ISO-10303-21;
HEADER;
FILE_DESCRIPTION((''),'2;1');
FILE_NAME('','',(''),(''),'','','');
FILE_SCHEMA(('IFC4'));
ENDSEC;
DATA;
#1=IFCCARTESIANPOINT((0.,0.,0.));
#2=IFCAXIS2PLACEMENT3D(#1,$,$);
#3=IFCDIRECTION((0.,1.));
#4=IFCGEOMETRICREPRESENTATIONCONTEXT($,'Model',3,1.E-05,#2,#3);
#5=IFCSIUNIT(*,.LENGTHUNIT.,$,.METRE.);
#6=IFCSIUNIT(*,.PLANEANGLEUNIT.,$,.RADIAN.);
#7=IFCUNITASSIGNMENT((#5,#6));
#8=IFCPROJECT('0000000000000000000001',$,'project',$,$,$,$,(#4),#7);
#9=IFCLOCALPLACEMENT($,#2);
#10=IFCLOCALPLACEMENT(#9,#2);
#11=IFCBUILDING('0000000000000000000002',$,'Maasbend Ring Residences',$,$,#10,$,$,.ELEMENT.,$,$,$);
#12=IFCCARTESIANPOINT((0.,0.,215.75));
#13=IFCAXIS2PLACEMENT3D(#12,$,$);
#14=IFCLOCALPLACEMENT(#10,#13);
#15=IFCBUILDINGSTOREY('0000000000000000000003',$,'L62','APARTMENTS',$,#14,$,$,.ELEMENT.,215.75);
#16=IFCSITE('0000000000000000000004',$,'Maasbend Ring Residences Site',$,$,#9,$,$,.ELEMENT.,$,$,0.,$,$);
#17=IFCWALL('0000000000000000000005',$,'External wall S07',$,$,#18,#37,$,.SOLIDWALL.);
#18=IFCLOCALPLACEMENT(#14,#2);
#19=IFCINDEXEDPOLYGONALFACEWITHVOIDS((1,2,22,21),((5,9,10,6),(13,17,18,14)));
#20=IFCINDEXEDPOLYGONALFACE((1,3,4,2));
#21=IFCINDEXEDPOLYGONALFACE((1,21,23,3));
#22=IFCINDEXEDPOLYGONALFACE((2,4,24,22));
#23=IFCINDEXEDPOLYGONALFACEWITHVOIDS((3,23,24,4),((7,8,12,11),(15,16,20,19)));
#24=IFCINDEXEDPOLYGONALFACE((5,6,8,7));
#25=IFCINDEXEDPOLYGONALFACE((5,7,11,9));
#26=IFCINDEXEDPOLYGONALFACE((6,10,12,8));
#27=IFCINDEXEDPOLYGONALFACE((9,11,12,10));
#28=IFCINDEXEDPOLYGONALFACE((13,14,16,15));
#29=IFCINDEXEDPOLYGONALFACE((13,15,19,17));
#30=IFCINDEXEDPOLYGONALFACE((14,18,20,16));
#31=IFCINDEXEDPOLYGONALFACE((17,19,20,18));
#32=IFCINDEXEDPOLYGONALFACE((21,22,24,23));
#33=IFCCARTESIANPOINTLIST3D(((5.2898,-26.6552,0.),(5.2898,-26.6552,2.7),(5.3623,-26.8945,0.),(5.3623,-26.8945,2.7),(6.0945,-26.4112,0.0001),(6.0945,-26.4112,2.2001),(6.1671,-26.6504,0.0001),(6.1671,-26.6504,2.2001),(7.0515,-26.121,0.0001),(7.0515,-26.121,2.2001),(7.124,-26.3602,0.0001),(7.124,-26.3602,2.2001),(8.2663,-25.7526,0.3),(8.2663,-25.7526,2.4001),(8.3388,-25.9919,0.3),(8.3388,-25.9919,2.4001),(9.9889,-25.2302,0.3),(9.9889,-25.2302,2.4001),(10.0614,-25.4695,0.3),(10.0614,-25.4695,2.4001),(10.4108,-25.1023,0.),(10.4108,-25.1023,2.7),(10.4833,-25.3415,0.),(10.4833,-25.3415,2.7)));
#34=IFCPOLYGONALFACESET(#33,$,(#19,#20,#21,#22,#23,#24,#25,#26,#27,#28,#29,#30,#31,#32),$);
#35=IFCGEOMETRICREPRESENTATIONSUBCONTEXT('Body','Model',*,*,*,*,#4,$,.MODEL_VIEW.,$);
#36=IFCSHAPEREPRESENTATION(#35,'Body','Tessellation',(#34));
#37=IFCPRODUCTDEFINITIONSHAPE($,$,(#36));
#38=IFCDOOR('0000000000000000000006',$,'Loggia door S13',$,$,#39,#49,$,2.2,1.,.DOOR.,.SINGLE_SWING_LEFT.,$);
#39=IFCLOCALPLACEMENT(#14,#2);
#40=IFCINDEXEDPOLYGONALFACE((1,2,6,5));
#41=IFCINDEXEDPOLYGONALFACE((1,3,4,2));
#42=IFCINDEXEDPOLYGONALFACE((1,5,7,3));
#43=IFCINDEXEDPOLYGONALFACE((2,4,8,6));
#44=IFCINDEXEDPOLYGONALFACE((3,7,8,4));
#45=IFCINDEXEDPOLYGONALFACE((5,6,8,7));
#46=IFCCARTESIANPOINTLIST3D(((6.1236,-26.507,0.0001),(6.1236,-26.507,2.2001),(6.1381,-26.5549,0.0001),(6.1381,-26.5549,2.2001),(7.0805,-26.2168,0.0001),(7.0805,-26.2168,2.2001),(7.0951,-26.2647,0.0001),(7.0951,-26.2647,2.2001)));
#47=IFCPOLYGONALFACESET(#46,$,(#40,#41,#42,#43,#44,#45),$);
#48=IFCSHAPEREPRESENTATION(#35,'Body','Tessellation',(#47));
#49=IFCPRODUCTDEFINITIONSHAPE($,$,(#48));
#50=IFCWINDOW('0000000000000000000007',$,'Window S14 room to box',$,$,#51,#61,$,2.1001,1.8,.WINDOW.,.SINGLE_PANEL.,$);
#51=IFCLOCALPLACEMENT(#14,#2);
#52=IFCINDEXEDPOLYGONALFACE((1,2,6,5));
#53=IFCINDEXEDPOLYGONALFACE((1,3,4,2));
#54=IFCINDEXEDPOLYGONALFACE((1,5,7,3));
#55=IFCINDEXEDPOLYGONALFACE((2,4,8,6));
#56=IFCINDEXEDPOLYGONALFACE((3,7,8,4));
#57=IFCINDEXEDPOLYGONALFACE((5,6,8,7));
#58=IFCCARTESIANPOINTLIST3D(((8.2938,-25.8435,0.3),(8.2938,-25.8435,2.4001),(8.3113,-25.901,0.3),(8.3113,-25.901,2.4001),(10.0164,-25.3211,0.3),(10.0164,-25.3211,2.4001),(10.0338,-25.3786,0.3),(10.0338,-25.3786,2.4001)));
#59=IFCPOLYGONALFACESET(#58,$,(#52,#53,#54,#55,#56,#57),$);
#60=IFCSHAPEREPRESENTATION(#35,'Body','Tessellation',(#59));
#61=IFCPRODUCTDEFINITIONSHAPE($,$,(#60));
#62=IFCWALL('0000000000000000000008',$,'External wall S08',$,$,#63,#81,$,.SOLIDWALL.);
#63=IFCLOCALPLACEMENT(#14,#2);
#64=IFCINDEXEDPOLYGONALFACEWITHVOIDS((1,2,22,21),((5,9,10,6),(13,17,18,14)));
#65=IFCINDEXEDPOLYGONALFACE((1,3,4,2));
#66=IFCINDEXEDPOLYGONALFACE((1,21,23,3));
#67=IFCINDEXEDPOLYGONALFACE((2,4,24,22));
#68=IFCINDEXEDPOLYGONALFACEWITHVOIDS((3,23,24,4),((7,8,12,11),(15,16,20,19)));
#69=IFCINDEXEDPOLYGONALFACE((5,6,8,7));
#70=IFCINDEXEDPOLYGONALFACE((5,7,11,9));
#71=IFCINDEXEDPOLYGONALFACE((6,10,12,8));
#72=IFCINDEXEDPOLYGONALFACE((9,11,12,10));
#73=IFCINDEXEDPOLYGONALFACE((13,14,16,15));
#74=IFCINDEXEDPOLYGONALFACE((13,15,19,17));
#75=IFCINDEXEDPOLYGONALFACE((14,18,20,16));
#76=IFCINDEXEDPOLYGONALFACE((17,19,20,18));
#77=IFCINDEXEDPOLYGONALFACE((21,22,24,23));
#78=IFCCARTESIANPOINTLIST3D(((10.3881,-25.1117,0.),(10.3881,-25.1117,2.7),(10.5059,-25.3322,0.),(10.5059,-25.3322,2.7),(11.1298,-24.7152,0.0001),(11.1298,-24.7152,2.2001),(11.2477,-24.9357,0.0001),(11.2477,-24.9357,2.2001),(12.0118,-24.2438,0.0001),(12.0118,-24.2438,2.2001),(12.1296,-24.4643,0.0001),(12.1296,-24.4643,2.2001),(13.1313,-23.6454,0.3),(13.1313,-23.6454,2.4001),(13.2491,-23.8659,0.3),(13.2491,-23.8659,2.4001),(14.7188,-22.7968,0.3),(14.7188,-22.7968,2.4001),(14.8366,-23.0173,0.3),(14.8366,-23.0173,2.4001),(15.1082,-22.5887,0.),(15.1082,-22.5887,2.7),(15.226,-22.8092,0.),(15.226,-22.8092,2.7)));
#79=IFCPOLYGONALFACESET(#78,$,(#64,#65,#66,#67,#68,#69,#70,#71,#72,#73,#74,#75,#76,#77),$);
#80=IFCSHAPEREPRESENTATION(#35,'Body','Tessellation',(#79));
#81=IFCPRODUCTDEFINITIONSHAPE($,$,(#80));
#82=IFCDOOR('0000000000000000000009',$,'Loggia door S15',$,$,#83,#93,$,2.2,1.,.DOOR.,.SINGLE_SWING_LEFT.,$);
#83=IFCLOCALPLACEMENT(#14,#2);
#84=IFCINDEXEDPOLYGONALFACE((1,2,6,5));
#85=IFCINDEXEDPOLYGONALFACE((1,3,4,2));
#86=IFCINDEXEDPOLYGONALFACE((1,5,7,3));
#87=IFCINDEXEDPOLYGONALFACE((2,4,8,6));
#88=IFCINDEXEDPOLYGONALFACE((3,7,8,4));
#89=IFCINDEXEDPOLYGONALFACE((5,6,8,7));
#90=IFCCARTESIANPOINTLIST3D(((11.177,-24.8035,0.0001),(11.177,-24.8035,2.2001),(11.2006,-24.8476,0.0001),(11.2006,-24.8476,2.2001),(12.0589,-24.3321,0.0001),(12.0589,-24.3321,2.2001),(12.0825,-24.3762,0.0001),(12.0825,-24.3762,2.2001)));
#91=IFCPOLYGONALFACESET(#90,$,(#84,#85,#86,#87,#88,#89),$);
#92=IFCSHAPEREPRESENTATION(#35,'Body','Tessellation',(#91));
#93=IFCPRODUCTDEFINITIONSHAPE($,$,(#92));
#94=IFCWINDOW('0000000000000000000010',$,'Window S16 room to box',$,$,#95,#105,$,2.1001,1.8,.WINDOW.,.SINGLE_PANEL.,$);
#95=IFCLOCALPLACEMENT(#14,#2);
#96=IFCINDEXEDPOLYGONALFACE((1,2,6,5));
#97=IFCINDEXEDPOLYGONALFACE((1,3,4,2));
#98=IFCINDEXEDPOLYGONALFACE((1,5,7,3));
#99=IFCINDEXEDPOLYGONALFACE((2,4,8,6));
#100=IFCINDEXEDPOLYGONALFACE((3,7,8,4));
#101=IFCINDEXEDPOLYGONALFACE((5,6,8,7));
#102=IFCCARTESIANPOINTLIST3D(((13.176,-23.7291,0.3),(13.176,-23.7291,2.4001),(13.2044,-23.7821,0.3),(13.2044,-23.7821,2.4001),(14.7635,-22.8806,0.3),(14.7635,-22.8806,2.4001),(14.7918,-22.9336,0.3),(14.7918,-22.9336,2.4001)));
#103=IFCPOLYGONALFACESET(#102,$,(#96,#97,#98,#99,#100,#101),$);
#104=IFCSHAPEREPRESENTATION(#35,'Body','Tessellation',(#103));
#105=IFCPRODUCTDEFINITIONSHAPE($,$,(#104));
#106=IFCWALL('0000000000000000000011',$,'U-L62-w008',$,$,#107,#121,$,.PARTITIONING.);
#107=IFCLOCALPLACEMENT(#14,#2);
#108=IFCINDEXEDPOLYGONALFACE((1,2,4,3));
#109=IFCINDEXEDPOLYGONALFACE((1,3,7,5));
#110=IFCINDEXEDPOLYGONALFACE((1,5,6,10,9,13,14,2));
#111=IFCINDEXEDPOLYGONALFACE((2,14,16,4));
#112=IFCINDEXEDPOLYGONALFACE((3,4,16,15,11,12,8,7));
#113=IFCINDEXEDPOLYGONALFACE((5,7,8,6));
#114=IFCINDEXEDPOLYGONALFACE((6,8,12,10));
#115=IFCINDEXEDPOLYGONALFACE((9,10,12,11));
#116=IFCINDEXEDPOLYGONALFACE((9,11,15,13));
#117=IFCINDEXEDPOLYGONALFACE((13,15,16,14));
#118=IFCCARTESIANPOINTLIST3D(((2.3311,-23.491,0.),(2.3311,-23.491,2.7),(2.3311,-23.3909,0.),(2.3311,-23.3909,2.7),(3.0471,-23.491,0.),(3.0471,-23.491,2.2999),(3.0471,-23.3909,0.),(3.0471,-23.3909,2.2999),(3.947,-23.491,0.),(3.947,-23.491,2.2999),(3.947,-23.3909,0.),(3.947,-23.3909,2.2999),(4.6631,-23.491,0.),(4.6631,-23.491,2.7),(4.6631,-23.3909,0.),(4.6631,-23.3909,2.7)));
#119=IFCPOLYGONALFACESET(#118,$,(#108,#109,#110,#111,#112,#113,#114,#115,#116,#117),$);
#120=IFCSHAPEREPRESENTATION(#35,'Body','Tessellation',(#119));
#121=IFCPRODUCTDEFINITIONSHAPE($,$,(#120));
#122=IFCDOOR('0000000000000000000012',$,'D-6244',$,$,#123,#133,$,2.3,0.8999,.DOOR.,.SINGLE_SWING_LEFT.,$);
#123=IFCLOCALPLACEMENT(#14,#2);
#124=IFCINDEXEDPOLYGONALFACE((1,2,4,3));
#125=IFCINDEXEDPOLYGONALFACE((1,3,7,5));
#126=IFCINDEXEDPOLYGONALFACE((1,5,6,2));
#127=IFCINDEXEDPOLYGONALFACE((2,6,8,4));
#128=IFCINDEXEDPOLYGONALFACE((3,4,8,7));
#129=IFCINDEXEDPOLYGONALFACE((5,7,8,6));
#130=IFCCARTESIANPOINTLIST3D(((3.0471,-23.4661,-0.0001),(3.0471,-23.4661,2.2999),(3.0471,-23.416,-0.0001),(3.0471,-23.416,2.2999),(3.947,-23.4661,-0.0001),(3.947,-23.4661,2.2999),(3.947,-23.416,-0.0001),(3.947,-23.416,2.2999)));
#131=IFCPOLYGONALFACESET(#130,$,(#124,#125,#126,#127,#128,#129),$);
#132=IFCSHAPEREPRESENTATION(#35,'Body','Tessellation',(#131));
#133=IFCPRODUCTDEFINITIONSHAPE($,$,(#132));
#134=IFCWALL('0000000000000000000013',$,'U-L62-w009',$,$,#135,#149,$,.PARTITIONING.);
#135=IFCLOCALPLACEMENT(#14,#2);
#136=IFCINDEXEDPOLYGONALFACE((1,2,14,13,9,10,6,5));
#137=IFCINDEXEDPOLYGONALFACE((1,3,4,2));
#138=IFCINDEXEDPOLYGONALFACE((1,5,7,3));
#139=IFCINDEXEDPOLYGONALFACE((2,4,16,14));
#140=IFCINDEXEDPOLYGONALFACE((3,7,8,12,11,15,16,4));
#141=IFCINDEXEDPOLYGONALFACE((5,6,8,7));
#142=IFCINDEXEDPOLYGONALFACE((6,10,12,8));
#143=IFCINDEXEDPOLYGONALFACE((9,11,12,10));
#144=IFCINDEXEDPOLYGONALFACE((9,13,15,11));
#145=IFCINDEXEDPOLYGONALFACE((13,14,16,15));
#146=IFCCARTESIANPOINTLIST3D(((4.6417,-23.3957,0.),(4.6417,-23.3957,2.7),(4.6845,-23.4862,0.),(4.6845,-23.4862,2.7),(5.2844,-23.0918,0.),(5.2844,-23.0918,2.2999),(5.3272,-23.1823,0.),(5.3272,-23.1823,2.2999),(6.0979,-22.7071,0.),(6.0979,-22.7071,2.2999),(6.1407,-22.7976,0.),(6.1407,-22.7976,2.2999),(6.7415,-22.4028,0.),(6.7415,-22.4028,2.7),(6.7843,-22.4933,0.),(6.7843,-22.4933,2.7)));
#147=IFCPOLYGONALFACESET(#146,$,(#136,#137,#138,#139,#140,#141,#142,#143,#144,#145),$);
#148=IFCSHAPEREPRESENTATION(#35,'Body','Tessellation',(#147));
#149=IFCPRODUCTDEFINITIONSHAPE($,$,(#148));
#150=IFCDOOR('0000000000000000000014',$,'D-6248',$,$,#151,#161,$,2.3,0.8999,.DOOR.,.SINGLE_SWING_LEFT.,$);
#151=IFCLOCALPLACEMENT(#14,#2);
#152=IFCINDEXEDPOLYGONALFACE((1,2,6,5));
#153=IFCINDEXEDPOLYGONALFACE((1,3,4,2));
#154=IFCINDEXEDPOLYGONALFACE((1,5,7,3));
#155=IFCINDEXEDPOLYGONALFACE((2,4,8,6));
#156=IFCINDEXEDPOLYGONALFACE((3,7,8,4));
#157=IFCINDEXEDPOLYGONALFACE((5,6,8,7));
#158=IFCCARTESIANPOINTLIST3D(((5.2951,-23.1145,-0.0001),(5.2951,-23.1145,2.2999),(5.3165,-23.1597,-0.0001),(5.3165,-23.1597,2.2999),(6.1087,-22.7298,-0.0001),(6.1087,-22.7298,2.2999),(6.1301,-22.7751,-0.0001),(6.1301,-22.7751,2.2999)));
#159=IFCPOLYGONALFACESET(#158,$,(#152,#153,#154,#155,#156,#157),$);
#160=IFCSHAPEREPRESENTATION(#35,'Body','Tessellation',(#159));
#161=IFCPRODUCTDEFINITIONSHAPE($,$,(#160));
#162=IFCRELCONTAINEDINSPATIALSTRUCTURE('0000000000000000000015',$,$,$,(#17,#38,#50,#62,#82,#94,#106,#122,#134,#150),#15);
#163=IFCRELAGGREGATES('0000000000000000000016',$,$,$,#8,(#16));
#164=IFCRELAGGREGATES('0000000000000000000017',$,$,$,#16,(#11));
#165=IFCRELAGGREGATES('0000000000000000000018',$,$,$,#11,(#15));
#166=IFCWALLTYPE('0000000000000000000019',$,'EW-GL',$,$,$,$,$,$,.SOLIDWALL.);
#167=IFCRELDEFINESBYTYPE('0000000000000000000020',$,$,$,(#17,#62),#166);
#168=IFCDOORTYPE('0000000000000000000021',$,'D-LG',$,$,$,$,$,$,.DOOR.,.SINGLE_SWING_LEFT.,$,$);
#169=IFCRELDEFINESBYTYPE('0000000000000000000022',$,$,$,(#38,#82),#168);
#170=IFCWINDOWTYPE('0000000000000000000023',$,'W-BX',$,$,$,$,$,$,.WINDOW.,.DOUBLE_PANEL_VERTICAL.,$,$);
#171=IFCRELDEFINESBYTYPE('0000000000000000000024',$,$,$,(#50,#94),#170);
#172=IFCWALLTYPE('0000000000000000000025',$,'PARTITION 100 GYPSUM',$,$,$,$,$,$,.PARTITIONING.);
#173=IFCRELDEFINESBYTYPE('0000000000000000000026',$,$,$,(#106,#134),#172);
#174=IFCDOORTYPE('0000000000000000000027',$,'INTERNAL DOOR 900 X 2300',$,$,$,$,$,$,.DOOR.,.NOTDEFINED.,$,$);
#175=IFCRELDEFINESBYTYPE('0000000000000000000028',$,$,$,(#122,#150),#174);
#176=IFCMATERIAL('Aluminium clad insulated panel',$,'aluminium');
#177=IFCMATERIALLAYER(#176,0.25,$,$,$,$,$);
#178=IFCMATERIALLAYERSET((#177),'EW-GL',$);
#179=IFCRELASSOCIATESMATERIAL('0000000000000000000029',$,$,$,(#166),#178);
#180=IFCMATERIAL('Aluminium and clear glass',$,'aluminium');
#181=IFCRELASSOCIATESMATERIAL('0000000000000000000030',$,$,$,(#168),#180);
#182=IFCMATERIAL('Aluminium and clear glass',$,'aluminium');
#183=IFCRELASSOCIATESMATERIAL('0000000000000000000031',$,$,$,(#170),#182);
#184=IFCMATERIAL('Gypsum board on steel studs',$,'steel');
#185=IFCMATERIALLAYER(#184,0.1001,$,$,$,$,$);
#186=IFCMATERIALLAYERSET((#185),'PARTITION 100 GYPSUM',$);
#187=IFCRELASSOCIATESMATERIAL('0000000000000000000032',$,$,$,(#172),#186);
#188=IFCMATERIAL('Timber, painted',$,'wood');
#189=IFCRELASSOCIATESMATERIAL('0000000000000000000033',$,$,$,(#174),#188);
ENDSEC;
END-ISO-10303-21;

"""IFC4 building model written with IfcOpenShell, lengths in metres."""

from ifc_helpers import new_model, si_unit, direction, frame, frame_2d, origin, place, context, subcontext, project, spatial, rectangle, extrude, material, layer, layer_set, type_object, element, fill, save


model = new_model("IFC4")

# Units and contexts
model_context = context("Model", 3, precision=1e-05, world=origin(), true_north=direction((0.0, 1.0)))
body_context = subcontext(model_context, "Body", "Model", "MODEL_VIEW")
ifc_project = project(units=[si_unit("LENGTHUNIT", "METRE"), si_unit("PLANEANGLEUNIT", "RADIAN")], contexts=[model_context])

# Site, building, storey
site_placement = place(None, origin())
site = spatial("IfcSite", under=ifc_project, at=site_placement, Name="Maasbend Ring Residences Site", CompositionType="ELEMENT", RefElevation=0.0)
building_placement = place(site_placement, origin())
building = spatial("IfcBuilding", under=site, at=building_placement, Name="Maasbend Ring Residences", CompositionType="ELEMENT")
storey_placement = place(building_placement, frame((0.0, 0.0, 215.75)))
storey = spatial("IfcBuildingStorey", under=building, at=storey_placement, Name="L62", Description="APARTMENTS", CompositionType="ELEMENT", Elevation=215.75)

# Walls, openings, doors, windows
ifc_material_1 = material(Name="Aluminium clad insulated panel", Category="aluminium")
ifc_layer_1 = layer(ifc_material_1, 0.25)
ifc_layer_set_1 = layer_set([ifc_layer_1], Name="EW-GL")
wall_type_1 = type_object("IfcWallType", Name="EW-GL", PredefinedType="SOLIDWALL", material=ifc_layer_set_1)
wall_1_placement = place(storey_placement, frame((5.3259, -26.7749, 0.0), z_axis=(0.0, 0.0, 1.0), x_axis=(0.956966, 0.290201, 0.0)))
wall_1 = element("IfcWall", 1, at=wall_1_placement, inside=storey, type_object=wall_type_1, Name="External wall S07", PredefinedType="SOLIDWALL", context=body_context, shape_type="SweptSolid", body=[
    extrude(rectangle(XDim=5.3513, YDim=0.25, at=frame_2d((2.6758, 0.0))), origin(), (0.0, 0.0, 1.0), 2.7),
])
opening_1_placement = place(wall_1_placement, frame((0.8411, 0.0, 0.0)))
opening_1 = element("IfcOpeningElement", 2, at=opening_1_placement, cuts=wall_1, PredefinedType="OPENING", context=body_context, shape_type="SweptSolid", body=[
    extrude(rectangle(XDim=1.0, YDim=2.2, at=frame_2d((0.5, 1.1001))), frame((0.0, 0.135, 0.0), z_axis=(0.0, -1.0, 0.0), x_axis=(1.0, 0.0, 0.0)), (0.0, 0.0, 1.0), 0.27),
])
opening_2_placement = place(wall_1_placement, frame((3.1106, 0.0, 0.3)))
opening_2 = element("IfcOpeningElement", 3, at=opening_2_placement, cuts=wall_1, PredefinedType="OPENING", context=body_context, shape_type="SweptSolid", body=[
    extrude(rectangle(XDim=1.8, YDim=2.1001, at=frame_2d((0.8999, 1.05))), frame((0.0, 0.135, 0.0), z_axis=(0.0, -1.0, 0.0), x_axis=(1.0, 0.0, 0.0)), (0.0, 0.0, 1.0), 0.27),
])
ifc_material_2 = material(Name="Aluminium and clear glass", Category="aluminium")
door_type_1 = type_object("IfcDoorType", Name="D-LG", OperationType="SINGLE_SWING_LEFT", PredefinedType="DOOR", material=ifc_material_2)
door_1_placement = place(opening_1_placement, origin())
door_1 = element("IfcDoor", 4, at=door_1_placement, inside=storey, type_object=door_type_1, Name="Loggia door S13", OperationType="SINGLE_SWING_LEFT", OverallHeight=2.2, OverallWidth=1.0, PredefinedType="DOOR", context=body_context, shape_type="SweptSolid", body=[
    extrude(rectangle(XDim=1.0, YDim=2.2, at=frame_2d((0.5, 1.1001))), frame((0.0, 0.0249, 0.0), z_axis=(0.0, -1.0, 0.0), x_axis=(1.0, 0.0, 0.0)), (0.0, 0.0, 1.0), 0.05),
])
fill(opening_1, door_1)
ifc_material_3 = material(Name="Aluminium and clear glass", Category="aluminium")
window_type_1 = type_object("IfcWindowType", Name="W-BX", PartitioningType="DOUBLE_PANEL_VERTICAL", PredefinedType="WINDOW", material=ifc_material_3)
window_1_placement = place(opening_2_placement, origin())
window_1 = element("IfcWindow", 5, at=window_1_placement, inside=storey, type_object=window_type_1, Name="Window S14 room to box", OverallHeight=2.1001, OverallWidth=1.8, PartitioningType="SINGLE_PANEL", PredefinedType="WINDOW", context=body_context, shape_type="SweptSolid", body=[
    extrude(rectangle(XDim=1.8, YDim=2.1001, at=frame_2d((0.8999, 1.05))), frame((0.0, 0.03, 0.0), z_axis=(0.0, -1.0, 0.0), x_axis=(1.0, 0.0, 0.0)), (0.0, 0.0, 1.0), 0.0601),
])
fill(opening_2, window_1)
wall_2_placement = place(storey_placement, frame((10.447, -25.2219, 0.0), z_axis=(0.0, 0.0, 1.0), x_axis=(0.881916, 0.471407, 0.0)))
wall_2 = element("IfcWall", 6, at=wall_2_placement, inside=storey, type_object=wall_type_1, Name="External wall S08", PredefinedType="SOLIDWALL", context=body_context, shape_type="SweptSolid", body=[
    extrude(rectangle(XDim=5.3521, YDim=0.25, at=frame_2d((2.676, 0.0))), origin(), (0.0, 0.0, 1.0), 2.7),
])
opening_3_placement = place(wall_2_placement, frame((0.8411, 0.0, 0.0)))
opening_3 = element("IfcOpeningElement", 7, at=opening_3_placement, cuts=wall_2, PredefinedType="OPENING", context=body_context, shape_type="SweptSolid", body=[
    extrude(rectangle(XDim=1.0, YDim=2.2, at=frame_2d((0.5, 1.1001))), frame((0.0, 0.135, 0.0), z_axis=(0.0, -1.0, 0.0), x_axis=(1.0, 0.0, 0.0)), (0.0, 0.0, 1.0), 0.27),
])
opening_4_placement = place(wall_2_placement, frame((3.1106, 0.0, 0.3)))
opening_4 = element("IfcOpeningElement", 8, at=opening_4_placement, cuts=wall_2, PredefinedType="OPENING", context=body_context, shape_type="SweptSolid", body=[
    extrude(rectangle(XDim=1.8, YDim=2.1001, at=frame_2d((0.8999, 1.05))), frame((0.0, 0.135, 0.0), z_axis=(0.0, -1.0, 0.0), x_axis=(1.0, 0.0, 0.0)), (0.0, 0.0, 1.0), 0.27),
])
door_2_placement = place(opening_3_placement, origin())
door_2 = element("IfcDoor", 9, at=door_2_placement, inside=storey, type_object=door_type_1, Name="Loggia door S15", OperationType="SINGLE_SWING_LEFT", OverallHeight=2.2, OverallWidth=1.0, PredefinedType="DOOR", context=body_context, shape_type="SweptSolid", body=[
    extrude(rectangle(XDim=1.0, YDim=2.2, at=frame_2d((0.5, 1.1001))), frame((0.0, 0.0249, 0.0), z_axis=(0.0, -1.0, 0.0), x_axis=(1.0, 0.0, 0.0)), (0.0, 0.0, 1.0), 0.05),
])
fill(opening_3, door_2)
window_2_placement = place(opening_4_placement, origin())
window_2 = element("IfcWindow", 10, at=window_2_placement, inside=storey, type_object=window_type_1, Name="Window S16 room to box", OverallHeight=2.1001, OverallWidth=1.8, PartitioningType="SINGLE_PANEL", PredefinedType="WINDOW", context=body_context, shape_type="SweptSolid", body=[
    extrude(rectangle(XDim=1.8, YDim=2.1001, at=frame_2d((0.8999, 1.05))), frame((0.0, 0.03, 0.0), z_axis=(0.0, -1.0, 0.0), x_axis=(1.0, 0.0, 0.0)), (0.0, 0.0, 1.0), 0.0601),
])
fill(opening_4, window_2)

# Walls, openings, doors
ifc_material_4 = material(Name="Gypsum board on steel studs", Category="steel")
ifc_layer_2 = layer(ifc_material_4, 0.1001)
ifc_layer_set_2 = layer_set([ifc_layer_2], Name="PARTITION 100 GYPSUM")
wall_type_2 = type_object("IfcWallType", Name="PARTITION 100 GYPSUM", PredefinedType="PARTITIONING", material=ifc_layer_set_2)
wall_3_placement = place(storey_placement, frame((2.3311, -23.4409, 0.0), z_axis=(0.0, 0.0, 1.0), x_axis=(1.0, 0.0, 0.0)))
wall_3 = element("IfcWall", 11, at=wall_3_placement, inside=storey, type_object=wall_type_2, Name="U-L62-w008", PredefinedType="PARTITIONING", context=body_context, shape_type="SweptSolid", body=[
    extrude(rectangle(XDim=2.332, YDim=0.1001, at=frame_2d((1.166, 0.0))), origin(), (0.0, 0.0, 1.0), 2.7),
])
opening_5_placement = place(wall_3_placement, frame((0.7161, 0.0, 0.0)))
opening_5 = element("IfcOpeningElement", 12, at=opening_5_placement, cuts=wall_3, PredefinedType="OPENING", context=body_context, shape_type="SweptSolid", body=[
    extrude(rectangle(XDim=0.8999, YDim=2.3, at=frame_2d((0.45, 1.1499))), frame((0.0, 0.0601, 0.0), z_axis=(0.0, -1.0, 0.0), x_axis=(1.0, 0.0, 0.0)), (0.0, 0.0, 1.0), 0.1201),
])
ifc_material_5 = material(Name="Timber, painted", Category="wood")
door_type_2 = type_object("IfcDoorType", Name="INTERNAL DOOR 900 X 2300", OperationType="NOTDEFINED", PredefinedType="DOOR", material=ifc_material_5)
door_3_placement = place(opening_5_placement, origin())
door_3 = element("IfcDoor", 13, at=door_3_placement, inside=storey, type_object=door_type_2, Name="D-6244", OperationType="SINGLE_SWING_LEFT", OverallHeight=2.3, OverallWidth=0.8999, PredefinedType="DOOR", context=body_context, shape_type="SweptSolid", body=[
    extrude(rectangle(XDim=0.8999, YDim=2.3, at=frame_2d((0.45, 1.1499))), frame((0.0, 0.0249, 0.0), z_axis=(0.0, -1.0, 0.0), x_axis=(1.0, 0.0, 0.0)), (0.0, 0.0, 1.0), 0.05),
])
fill(opening_5, door_3)
wall_4_placement = place(storey_placement, frame((4.6631, -23.4409, 0.0), z_axis=(0.0, 0.0, 1.0), x_axis=(0.904029, 0.427472, 0.0)))
wall_4 = element("IfcWall", 14, at=wall_4_placement, inside=storey, type_object=wall_type_2, Name="U-L62-w009", PredefinedType="PARTITIONING", context=body_context, shape_type="SweptSolid", body=[
    extrude(rectangle(XDim=2.3228, YDim=0.1001, at=frame_2d((1.1614, 0.0))), origin(), (0.0, 0.0, 1.0), 2.7),
])
opening_6_placement = place(wall_4_placement, frame((0.7109, 0.0, 0.0)))
opening_6 = element("IfcOpeningElement", 15, at=opening_6_placement, cuts=wall_4, PredefinedType="OPENING", context=body_context, shape_type="SweptSolid", body=[
    extrude(rectangle(XDim=0.8999, YDim=2.3, at=frame_2d((0.45, 1.1499))), frame((0.0, 0.0601, 0.0), z_axis=(0.0, -1.0, 0.0), x_axis=(1.0, 0.0, 0.0)), (0.0, 0.0, 1.0), 0.1201),
])
door_4_placement = place(opening_6_placement, origin())
door_4 = element("IfcDoor", 16, at=door_4_placement, inside=storey, type_object=door_type_2, Name="D-6248", OperationType="SINGLE_SWING_LEFT", OverallHeight=2.3, OverallWidth=0.8999, PredefinedType="DOOR", context=body_context, shape_type="SweptSolid", body=[
    extrude(rectangle(XDim=0.8999, YDim=2.3, at=frame_2d((0.45, 1.1499))), frame((0.0, 0.0249, 0.0), z_axis=(0.0, -1.0, 0.0), x_axis=(1.0, 0.0, 0.0)), (0.0, 0.0, 1.0), 0.05),
])
fill(opening_6, door_4)

save(model, "model.ifc")
